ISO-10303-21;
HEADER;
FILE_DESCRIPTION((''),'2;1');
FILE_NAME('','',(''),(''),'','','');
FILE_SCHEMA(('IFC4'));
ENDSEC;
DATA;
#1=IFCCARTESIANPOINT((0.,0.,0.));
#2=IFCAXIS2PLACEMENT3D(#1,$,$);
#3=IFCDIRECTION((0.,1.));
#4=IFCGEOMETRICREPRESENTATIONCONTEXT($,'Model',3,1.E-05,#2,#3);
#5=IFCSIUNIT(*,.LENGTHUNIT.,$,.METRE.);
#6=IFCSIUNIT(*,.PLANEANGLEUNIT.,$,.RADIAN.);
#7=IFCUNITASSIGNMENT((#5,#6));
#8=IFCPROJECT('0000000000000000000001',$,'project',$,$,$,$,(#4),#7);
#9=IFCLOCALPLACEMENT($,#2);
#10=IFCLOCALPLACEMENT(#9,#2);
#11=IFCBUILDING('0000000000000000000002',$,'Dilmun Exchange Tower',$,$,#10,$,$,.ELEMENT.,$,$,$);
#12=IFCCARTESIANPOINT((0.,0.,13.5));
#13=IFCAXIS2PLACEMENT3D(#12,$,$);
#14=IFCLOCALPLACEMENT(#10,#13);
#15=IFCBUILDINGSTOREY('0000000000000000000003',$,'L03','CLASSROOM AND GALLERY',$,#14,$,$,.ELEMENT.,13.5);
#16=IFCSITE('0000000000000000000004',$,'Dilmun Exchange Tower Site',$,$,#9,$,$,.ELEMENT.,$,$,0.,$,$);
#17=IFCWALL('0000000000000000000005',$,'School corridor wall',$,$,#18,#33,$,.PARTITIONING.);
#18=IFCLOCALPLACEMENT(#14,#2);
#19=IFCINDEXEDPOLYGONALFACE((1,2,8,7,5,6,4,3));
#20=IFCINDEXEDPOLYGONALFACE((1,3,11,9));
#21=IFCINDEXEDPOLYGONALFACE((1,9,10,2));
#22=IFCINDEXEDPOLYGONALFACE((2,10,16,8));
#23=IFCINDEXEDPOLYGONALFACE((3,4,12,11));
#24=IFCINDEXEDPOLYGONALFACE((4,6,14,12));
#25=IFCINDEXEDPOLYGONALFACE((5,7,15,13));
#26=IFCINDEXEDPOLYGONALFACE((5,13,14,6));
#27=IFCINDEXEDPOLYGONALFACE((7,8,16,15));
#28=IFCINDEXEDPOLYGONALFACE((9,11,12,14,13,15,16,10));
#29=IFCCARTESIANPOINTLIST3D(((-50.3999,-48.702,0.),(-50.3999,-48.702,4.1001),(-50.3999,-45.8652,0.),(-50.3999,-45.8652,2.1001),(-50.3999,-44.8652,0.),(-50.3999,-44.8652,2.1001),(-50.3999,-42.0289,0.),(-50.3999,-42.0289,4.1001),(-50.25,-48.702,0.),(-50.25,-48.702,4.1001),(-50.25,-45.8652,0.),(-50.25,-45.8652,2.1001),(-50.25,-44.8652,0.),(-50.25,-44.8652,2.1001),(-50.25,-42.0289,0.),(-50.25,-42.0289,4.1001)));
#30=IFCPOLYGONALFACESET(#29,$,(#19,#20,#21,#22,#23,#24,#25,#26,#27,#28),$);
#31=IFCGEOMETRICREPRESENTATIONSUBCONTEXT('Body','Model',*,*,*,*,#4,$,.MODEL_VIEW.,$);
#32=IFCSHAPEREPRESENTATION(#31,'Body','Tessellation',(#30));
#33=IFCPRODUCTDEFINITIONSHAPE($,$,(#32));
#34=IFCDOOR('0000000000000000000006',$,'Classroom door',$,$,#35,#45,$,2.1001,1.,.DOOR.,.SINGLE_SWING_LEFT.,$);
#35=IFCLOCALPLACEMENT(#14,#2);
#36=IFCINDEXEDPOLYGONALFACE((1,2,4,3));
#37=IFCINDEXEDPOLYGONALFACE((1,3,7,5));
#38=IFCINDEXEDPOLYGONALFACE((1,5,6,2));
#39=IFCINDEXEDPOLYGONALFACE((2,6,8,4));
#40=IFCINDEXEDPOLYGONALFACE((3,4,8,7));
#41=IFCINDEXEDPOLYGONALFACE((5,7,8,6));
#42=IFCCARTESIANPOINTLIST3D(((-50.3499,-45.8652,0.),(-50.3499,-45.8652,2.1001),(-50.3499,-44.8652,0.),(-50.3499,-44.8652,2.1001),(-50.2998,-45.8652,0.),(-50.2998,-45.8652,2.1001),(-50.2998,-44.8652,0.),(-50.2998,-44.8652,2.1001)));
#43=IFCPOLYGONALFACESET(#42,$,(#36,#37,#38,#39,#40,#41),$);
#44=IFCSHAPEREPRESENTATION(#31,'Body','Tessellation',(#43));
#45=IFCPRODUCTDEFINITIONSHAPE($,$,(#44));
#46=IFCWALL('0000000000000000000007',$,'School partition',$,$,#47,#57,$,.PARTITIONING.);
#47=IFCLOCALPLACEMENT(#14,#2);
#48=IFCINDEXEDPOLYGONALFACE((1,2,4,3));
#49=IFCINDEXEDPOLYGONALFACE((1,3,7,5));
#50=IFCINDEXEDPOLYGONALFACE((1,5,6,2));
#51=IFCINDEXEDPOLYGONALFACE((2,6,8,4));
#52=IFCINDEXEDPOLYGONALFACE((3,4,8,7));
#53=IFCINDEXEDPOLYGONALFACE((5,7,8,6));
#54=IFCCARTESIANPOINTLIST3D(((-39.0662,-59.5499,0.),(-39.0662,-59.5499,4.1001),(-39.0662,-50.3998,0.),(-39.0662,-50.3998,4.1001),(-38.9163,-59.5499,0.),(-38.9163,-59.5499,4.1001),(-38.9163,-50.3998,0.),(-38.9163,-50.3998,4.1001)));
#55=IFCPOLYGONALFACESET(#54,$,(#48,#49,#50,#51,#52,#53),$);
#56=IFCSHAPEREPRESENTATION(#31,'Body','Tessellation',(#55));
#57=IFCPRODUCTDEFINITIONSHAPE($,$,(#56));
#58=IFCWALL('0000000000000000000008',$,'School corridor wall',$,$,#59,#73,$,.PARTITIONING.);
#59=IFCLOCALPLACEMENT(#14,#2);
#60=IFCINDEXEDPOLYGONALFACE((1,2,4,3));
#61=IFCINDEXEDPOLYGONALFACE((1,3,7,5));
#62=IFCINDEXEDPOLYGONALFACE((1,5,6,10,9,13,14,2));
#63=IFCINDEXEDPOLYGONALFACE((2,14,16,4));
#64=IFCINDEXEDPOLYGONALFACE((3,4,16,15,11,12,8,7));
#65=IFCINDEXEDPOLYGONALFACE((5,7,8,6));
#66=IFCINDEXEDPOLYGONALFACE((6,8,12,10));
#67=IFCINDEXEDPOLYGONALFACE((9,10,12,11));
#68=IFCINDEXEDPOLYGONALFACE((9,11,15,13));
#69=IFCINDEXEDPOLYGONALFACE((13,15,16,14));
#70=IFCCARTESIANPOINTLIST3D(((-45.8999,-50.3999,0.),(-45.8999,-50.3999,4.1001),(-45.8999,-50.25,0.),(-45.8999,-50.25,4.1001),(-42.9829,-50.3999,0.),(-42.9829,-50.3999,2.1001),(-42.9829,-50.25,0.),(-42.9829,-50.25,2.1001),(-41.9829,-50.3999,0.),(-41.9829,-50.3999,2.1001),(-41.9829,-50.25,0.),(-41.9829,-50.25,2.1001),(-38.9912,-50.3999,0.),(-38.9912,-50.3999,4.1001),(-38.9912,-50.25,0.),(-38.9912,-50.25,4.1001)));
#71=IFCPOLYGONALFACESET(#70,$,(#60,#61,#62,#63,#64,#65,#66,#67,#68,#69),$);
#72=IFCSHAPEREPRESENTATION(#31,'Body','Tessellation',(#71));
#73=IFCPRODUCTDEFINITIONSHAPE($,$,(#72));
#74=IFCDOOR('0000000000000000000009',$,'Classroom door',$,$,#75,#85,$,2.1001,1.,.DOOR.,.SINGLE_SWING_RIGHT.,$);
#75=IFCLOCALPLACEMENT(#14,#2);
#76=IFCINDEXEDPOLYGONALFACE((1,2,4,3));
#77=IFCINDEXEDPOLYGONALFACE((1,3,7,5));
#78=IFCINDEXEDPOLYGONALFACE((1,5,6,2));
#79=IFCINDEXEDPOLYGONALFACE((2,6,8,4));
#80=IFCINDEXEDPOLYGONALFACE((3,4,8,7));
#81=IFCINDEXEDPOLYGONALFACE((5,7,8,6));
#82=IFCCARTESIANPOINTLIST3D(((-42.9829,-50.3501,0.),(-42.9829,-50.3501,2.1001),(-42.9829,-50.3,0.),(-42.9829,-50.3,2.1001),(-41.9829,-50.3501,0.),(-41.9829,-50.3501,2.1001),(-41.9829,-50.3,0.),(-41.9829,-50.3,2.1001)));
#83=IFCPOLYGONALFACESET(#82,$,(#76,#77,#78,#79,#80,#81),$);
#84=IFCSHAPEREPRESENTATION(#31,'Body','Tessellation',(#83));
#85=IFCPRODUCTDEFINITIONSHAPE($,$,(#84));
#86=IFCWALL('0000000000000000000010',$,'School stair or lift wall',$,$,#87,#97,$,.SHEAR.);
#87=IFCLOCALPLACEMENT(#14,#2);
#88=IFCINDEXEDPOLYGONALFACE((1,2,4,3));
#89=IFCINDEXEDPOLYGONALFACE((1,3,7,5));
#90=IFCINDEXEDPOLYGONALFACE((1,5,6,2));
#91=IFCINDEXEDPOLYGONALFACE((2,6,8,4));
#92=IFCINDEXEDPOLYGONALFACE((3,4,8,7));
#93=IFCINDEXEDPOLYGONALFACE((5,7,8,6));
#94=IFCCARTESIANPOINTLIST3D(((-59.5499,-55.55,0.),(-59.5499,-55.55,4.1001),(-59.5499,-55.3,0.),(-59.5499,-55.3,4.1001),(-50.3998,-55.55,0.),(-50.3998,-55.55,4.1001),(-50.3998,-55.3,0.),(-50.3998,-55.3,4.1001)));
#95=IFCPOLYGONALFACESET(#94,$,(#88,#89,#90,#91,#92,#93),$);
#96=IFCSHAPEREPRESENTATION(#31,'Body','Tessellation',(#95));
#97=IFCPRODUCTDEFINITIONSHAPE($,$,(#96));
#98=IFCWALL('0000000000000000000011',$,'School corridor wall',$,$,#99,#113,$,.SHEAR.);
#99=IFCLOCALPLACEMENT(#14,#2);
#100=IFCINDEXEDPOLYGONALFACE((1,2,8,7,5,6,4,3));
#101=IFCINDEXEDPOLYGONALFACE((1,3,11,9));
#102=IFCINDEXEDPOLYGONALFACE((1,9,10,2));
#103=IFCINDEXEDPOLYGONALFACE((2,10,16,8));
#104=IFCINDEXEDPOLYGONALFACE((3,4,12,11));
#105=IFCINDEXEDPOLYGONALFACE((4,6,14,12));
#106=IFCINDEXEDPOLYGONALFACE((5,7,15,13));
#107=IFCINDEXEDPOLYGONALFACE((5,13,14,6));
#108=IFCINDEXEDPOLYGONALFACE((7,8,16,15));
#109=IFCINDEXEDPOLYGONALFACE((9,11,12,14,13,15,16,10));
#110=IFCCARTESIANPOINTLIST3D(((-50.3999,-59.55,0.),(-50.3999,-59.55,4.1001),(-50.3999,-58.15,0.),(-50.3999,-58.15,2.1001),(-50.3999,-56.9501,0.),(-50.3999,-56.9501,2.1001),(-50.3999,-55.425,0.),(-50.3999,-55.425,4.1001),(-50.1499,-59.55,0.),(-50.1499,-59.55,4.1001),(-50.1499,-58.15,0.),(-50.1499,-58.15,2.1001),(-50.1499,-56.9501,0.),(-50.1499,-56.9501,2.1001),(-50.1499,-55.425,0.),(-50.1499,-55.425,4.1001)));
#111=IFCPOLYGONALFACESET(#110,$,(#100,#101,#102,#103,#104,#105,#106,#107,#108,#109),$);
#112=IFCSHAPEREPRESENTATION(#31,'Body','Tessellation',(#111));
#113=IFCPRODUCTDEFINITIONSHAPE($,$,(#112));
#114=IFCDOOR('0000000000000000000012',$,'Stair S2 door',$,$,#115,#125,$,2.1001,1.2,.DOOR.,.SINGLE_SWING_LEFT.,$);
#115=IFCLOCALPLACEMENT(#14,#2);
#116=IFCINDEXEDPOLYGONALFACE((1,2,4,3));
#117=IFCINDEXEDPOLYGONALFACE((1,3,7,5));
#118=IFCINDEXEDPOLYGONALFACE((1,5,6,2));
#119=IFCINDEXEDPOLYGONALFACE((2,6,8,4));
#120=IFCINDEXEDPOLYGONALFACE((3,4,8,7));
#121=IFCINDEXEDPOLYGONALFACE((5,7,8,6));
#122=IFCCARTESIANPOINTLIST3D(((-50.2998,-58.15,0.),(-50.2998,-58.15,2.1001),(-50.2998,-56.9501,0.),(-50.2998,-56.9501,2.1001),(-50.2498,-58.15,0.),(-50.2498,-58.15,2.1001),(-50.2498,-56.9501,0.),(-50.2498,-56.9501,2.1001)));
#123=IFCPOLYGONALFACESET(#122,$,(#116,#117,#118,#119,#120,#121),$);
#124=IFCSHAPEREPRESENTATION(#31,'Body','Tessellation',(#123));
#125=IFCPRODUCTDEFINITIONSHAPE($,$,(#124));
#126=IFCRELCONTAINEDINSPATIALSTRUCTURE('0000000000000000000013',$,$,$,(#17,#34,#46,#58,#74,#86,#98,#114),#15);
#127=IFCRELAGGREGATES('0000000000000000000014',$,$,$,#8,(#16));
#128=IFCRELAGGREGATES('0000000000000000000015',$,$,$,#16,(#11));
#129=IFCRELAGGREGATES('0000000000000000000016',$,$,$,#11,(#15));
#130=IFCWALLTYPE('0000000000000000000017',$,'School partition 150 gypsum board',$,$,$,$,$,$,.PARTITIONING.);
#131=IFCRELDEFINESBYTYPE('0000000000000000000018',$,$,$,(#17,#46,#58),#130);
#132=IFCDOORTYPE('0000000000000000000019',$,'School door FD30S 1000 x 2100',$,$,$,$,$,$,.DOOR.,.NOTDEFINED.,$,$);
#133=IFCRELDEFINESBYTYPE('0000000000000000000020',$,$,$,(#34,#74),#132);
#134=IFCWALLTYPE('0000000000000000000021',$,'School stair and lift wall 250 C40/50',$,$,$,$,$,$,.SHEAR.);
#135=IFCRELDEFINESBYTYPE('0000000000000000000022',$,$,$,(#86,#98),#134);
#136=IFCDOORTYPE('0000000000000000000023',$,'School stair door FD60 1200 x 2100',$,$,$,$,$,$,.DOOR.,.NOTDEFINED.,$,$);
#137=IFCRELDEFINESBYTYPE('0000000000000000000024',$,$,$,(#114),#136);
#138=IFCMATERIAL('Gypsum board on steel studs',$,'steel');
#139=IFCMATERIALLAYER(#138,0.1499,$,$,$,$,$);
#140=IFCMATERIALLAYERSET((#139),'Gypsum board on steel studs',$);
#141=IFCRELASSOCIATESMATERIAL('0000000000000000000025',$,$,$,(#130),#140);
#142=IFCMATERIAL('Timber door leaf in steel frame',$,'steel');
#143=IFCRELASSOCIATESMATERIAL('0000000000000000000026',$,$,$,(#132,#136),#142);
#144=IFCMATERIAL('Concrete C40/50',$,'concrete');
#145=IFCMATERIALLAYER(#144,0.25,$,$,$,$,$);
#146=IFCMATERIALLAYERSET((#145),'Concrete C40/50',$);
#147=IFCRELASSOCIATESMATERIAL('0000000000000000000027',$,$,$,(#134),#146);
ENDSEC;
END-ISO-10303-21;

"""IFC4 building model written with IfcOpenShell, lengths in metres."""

from ifc_helpers import new_model, si_unit, direction, frame, frame_2d, origin, place, context, subcontext, project, spatial, rectangle, extrude, material, layer, layer_set, type_object, element, fill, save


model = new_model("IFC4")

# Units and contexts
model_context = context("Model", 3, precision=1e-05, world=origin(), true_north=direction((0.0, 1.0)))
body_context = subcontext(model_context, "Body", "Model", "MODEL_VIEW")
ifc_project = project(units=[si_unit("LENGTHUNIT", "METRE"), si_unit("PLANEANGLEUNIT", "RADIAN")], contexts=[model_context])

# Site, building, storey
site_placement = place(None, origin())
site = spatial("IfcSite", under=ifc_project, at=site_placement, Name="Dilmun Exchange Tower Site", CompositionType="ELEMENT", RefElevation=0.0)
building_placement = place(site_placement, origin())
building = spatial("IfcBuilding", under=site, at=building_placement, Name="Dilmun Exchange Tower", CompositionType="ELEMENT")
storey_placement = place(building_placement, frame((0.0, 0.0, 13.5)))
storey = spatial("IfcBuildingStorey", under=building, at=storey_placement, Name="L03", Description="CLASSROOM AND GALLERY", CompositionType="ELEMENT", Elevation=13.5)

# Shared definitions
ifc_material_1 = material(Name="Concrete C40/50", Category="concrete")

# Shared definitions
ifc_material_2 = material(Name="Gypsum board on steel studs", Category="steel")
ifc_layer_1 = layer(ifc_material_2, 0.1499)
ifc_layer_set_1 = layer_set([ifc_layer_1], Name="Gypsum board on steel studs")
wall_type_1 = type_object("IfcWallType", Name="School partition 150 gypsum board", PredefinedType="PARTITIONING", material=ifc_layer_set_1)

# Wall, opening, door
ifc_material_3 = material(Name="Timber door leaf in steel frame", Category="steel")
door_type_1 = type_object("IfcDoorType", Name="School door FD30S 1000 x 2100", OperationType="NOTDEFINED", PredefinedType="DOOR", material=ifc_material_3)
wall_1_placement = place(storey_placement, frame((-50.325, -48.7019, 0.0), z_axis=(0.0, 0.0, 1.0), x_axis=(0.0, 1.0, 0.0)))
wall_1 = element("IfcWall", 1, at=wall_1_placement, inside=storey, type_object=wall_type_1, Name="School corridor wall", PredefinedType="PARTITIONING", context=body_context, shape_type="SweptSolid", body=[
    extrude(rectangle(XDim=6.6731, YDim=0.1499, at=frame_2d((3.3364, 0.0))), origin(), (0.0, 0.0, 1.0), 4.1001),
])
opening_1_placement = place(wall_1_placement, frame((2.8367, 0.0, 0.0)))
opening_1 = element("IfcOpeningElement", 2, at=opening_1_placement, cuts=wall_1, PredefinedType="OPENING", context=body_context, shape_type="SweptSolid", body=[
    extrude(rectangle(XDim=1.0, YDim=2.1001, at=frame_2d((0.5, 1.05))), frame((0.0, 0.085, 0.0), z_axis=(0.0, -1.0, 0.0), x_axis=(1.0, 0.0, 0.0)), (0.0, 0.0, 1.0), 0.1699),
])
door_1_placement = place(opening_1_placement, origin())
door_1 = element("IfcDoor", 3, at=door_1_placement, inside=storey, type_object=door_type_1, Name="Classroom door", OperationType="SINGLE_SWING_LEFT", OverallHeight=2.1001, OverallWidth=1.0, PredefinedType="DOOR", context=body_context, shape_type="SweptSolid", body=[
    extrude(rectangle(XDim=1.0, YDim=2.1001, at=frame_2d((0.5, 1.05))), frame((0.0, 0.0249, 0.0), z_axis=(0.0, -1.0, 0.0), x_axis=(1.0, 0.0, 0.0)), (0.0, 0.0, 1.0), 0.05),
])
fill(opening_1, door_1)

# Wall
wall_2_placement = place(storey_placement, frame((-38.9912, -59.55, 0.0), z_axis=(0.0, 0.0, 1.0), x_axis=(0.0, 1.0, 0.0)))
element("IfcWall", 4, at=wall_2_placement, inside=storey, type_object=wall_type_1, Name="School partition", PredefinedType="PARTITIONING", context=body_context, shape_type="SweptSolid", body=[
    extrude(rectangle(XDim=9.1501, YDim=0.1499, at=frame_2d((4.5752, 0.0))), origin(), (0.0, 0.0, 1.0), 4.1001),
])

# Wall, opening, door
wall_3_placement = place(storey_placement, frame((-45.8999, -50.325, 0.0), z_axis=(0.0, 0.0, 1.0), x_axis=(1.0, 0.0, 0.0)))
wall_3 = element("IfcWall", 5, at=wall_3_placement, inside=storey, type_object=wall_type_1, Name="School corridor wall", PredefinedType="PARTITIONING", context=body_context, shape_type="SweptSolid", body=[
    extrude(rectangle(XDim=6.9087, YDim=0.1499, at=frame_2d((3.4543, 0.0))), origin(), (0.0, 0.0, 1.0), 4.1001),
])
opening_2_placement = place(wall_3_placement, frame((2.917, 0.0, 0.0)))
opening_2 = element("IfcOpeningElement", 6, at=opening_2_placement, cuts=wall_3, PredefinedType="OPENING", context=body_context, shape_type="SweptSolid", body=[
    extrude(rectangle(XDim=1.0, YDim=2.1001, at=frame_2d((0.5, 1.05))), frame((0.0, 0.085, 0.0), z_axis=(0.0, -1.0, 0.0), x_axis=(1.0, 0.0, 0.0)), (0.0, 0.0, 1.0), 0.1699),
])
door_2_placement = place(opening_2_placement, origin())
door_2 = element("IfcDoor", 7, at=door_2_placement, inside=storey, type_object=door_type_1, Name="Classroom door", OperationType="SINGLE_SWING_RIGHT", OverallHeight=2.1001, OverallWidth=1.0, PredefinedType="DOOR", context=body_context, shape_type="SweptSolid", body=[
    extrude(rectangle(XDim=1.0, YDim=2.1001, at=frame_2d((0.5, 1.05))), frame((0.0, 0.0249, 0.0), z_axis=(0.0, -1.0, 0.0), x_axis=(1.0, 0.0, 0.0)), (0.0, 0.0, 1.0), 0.05),
])
fill(opening_2, door_2)

# Wall
ifc_layer_2 = layer(ifc_material_1, 0.25)
ifc_layer_set_2 = layer_set([ifc_layer_2], Name="Concrete C40/50")
wall_type_2 = type_object("IfcWallType", Name="School stair and lift wall 250 C40/50", PredefinedType="SHEAR", material=ifc_layer_set_2)
wall_4_placement = place(storey_placement, frame((-59.55, -55.425, 0.0), z_axis=(0.0, 0.0, 1.0), x_axis=(1.0, 0.0, 0.0)))
element("IfcWall", 8, at=wall_4_placement, inside=storey, type_object=wall_type_2, Name="School stair or lift wall", PredefinedType="SHEAR", context=body_context, shape_type="SweptSolid", body=[
    extrude(rectangle(XDim=9.1501, YDim=0.25, at=frame_2d((4.5752, 0.0))), origin(), (0.0, 0.0, 1.0), 4.1001),
])

# Wall, opening, door
wall_5_placement = place(storey_placement, frame((-50.2749, -59.55, 0.0), z_axis=(0.0, 0.0, 1.0), x_axis=(0.0, 1.0, 0.0)))
wall_5 = element("IfcWall", 9, at=wall_5_placement, inside=storey, type_object=wall_type_2, Name="School corridor wall", PredefinedType="SHEAR", context=body_context, shape_type="SweptSolid", body=[
    extrude(rectangle(XDim=4.125, YDim=0.25, at=frame_2d((2.0625, 0.0))), origin(), (0.0, 0.0, 1.0), 4.1001),
])
opening_3_placement = place(wall_5_placement, frame((1.3999, 0.0, 0.0)))
opening_3 = element("IfcOpeningElement", 10, at=opening_3_placement, cuts=wall_5, PredefinedType="OPENING", context=body_context, shape_type="SweptSolid", body=[
    extrude(rectangle(XDim=1.2, YDim=2.1001, at=frame_2d((0.6001, 1.05))), frame((0.0, 0.135, 0.0), z_axis=(0.0, -1.0, 0.0), x_axis=(1.0, 0.0, 0.0)), (0.0, 0.0, 1.0), 0.27),
])
door_type_2 = type_object("IfcDoorType", Name="School stair door FD60 1200 x 2100", OperationType="NOTDEFINED", PredefinedType="DOOR", material=ifc_material_3)
door_3_placement = place(opening_3_placement, origin())
door_3 = element("IfcDoor", 11, at=door_3_placement, inside=storey, type_object=door_type_2, Name="Stair S2 door", OperationType="SINGLE_SWING_LEFT", OverallHeight=2.1001, OverallWidth=1.2, PredefinedType="DOOR", context=body_context, shape_type="SweptSolid", body=[
    extrude(rectangle(XDim=1.2, YDim=2.1001, at=frame_2d((0.6001, 1.05))), frame((0.0, 0.0249, 0.0), z_axis=(0.0, -1.0, 0.0), x_axis=(1.0, 0.0, 0.0)), (0.0, 0.0, 1.0), 0.05),
])
fill(opening_3, door_3)

save(model, "model.ifc")
